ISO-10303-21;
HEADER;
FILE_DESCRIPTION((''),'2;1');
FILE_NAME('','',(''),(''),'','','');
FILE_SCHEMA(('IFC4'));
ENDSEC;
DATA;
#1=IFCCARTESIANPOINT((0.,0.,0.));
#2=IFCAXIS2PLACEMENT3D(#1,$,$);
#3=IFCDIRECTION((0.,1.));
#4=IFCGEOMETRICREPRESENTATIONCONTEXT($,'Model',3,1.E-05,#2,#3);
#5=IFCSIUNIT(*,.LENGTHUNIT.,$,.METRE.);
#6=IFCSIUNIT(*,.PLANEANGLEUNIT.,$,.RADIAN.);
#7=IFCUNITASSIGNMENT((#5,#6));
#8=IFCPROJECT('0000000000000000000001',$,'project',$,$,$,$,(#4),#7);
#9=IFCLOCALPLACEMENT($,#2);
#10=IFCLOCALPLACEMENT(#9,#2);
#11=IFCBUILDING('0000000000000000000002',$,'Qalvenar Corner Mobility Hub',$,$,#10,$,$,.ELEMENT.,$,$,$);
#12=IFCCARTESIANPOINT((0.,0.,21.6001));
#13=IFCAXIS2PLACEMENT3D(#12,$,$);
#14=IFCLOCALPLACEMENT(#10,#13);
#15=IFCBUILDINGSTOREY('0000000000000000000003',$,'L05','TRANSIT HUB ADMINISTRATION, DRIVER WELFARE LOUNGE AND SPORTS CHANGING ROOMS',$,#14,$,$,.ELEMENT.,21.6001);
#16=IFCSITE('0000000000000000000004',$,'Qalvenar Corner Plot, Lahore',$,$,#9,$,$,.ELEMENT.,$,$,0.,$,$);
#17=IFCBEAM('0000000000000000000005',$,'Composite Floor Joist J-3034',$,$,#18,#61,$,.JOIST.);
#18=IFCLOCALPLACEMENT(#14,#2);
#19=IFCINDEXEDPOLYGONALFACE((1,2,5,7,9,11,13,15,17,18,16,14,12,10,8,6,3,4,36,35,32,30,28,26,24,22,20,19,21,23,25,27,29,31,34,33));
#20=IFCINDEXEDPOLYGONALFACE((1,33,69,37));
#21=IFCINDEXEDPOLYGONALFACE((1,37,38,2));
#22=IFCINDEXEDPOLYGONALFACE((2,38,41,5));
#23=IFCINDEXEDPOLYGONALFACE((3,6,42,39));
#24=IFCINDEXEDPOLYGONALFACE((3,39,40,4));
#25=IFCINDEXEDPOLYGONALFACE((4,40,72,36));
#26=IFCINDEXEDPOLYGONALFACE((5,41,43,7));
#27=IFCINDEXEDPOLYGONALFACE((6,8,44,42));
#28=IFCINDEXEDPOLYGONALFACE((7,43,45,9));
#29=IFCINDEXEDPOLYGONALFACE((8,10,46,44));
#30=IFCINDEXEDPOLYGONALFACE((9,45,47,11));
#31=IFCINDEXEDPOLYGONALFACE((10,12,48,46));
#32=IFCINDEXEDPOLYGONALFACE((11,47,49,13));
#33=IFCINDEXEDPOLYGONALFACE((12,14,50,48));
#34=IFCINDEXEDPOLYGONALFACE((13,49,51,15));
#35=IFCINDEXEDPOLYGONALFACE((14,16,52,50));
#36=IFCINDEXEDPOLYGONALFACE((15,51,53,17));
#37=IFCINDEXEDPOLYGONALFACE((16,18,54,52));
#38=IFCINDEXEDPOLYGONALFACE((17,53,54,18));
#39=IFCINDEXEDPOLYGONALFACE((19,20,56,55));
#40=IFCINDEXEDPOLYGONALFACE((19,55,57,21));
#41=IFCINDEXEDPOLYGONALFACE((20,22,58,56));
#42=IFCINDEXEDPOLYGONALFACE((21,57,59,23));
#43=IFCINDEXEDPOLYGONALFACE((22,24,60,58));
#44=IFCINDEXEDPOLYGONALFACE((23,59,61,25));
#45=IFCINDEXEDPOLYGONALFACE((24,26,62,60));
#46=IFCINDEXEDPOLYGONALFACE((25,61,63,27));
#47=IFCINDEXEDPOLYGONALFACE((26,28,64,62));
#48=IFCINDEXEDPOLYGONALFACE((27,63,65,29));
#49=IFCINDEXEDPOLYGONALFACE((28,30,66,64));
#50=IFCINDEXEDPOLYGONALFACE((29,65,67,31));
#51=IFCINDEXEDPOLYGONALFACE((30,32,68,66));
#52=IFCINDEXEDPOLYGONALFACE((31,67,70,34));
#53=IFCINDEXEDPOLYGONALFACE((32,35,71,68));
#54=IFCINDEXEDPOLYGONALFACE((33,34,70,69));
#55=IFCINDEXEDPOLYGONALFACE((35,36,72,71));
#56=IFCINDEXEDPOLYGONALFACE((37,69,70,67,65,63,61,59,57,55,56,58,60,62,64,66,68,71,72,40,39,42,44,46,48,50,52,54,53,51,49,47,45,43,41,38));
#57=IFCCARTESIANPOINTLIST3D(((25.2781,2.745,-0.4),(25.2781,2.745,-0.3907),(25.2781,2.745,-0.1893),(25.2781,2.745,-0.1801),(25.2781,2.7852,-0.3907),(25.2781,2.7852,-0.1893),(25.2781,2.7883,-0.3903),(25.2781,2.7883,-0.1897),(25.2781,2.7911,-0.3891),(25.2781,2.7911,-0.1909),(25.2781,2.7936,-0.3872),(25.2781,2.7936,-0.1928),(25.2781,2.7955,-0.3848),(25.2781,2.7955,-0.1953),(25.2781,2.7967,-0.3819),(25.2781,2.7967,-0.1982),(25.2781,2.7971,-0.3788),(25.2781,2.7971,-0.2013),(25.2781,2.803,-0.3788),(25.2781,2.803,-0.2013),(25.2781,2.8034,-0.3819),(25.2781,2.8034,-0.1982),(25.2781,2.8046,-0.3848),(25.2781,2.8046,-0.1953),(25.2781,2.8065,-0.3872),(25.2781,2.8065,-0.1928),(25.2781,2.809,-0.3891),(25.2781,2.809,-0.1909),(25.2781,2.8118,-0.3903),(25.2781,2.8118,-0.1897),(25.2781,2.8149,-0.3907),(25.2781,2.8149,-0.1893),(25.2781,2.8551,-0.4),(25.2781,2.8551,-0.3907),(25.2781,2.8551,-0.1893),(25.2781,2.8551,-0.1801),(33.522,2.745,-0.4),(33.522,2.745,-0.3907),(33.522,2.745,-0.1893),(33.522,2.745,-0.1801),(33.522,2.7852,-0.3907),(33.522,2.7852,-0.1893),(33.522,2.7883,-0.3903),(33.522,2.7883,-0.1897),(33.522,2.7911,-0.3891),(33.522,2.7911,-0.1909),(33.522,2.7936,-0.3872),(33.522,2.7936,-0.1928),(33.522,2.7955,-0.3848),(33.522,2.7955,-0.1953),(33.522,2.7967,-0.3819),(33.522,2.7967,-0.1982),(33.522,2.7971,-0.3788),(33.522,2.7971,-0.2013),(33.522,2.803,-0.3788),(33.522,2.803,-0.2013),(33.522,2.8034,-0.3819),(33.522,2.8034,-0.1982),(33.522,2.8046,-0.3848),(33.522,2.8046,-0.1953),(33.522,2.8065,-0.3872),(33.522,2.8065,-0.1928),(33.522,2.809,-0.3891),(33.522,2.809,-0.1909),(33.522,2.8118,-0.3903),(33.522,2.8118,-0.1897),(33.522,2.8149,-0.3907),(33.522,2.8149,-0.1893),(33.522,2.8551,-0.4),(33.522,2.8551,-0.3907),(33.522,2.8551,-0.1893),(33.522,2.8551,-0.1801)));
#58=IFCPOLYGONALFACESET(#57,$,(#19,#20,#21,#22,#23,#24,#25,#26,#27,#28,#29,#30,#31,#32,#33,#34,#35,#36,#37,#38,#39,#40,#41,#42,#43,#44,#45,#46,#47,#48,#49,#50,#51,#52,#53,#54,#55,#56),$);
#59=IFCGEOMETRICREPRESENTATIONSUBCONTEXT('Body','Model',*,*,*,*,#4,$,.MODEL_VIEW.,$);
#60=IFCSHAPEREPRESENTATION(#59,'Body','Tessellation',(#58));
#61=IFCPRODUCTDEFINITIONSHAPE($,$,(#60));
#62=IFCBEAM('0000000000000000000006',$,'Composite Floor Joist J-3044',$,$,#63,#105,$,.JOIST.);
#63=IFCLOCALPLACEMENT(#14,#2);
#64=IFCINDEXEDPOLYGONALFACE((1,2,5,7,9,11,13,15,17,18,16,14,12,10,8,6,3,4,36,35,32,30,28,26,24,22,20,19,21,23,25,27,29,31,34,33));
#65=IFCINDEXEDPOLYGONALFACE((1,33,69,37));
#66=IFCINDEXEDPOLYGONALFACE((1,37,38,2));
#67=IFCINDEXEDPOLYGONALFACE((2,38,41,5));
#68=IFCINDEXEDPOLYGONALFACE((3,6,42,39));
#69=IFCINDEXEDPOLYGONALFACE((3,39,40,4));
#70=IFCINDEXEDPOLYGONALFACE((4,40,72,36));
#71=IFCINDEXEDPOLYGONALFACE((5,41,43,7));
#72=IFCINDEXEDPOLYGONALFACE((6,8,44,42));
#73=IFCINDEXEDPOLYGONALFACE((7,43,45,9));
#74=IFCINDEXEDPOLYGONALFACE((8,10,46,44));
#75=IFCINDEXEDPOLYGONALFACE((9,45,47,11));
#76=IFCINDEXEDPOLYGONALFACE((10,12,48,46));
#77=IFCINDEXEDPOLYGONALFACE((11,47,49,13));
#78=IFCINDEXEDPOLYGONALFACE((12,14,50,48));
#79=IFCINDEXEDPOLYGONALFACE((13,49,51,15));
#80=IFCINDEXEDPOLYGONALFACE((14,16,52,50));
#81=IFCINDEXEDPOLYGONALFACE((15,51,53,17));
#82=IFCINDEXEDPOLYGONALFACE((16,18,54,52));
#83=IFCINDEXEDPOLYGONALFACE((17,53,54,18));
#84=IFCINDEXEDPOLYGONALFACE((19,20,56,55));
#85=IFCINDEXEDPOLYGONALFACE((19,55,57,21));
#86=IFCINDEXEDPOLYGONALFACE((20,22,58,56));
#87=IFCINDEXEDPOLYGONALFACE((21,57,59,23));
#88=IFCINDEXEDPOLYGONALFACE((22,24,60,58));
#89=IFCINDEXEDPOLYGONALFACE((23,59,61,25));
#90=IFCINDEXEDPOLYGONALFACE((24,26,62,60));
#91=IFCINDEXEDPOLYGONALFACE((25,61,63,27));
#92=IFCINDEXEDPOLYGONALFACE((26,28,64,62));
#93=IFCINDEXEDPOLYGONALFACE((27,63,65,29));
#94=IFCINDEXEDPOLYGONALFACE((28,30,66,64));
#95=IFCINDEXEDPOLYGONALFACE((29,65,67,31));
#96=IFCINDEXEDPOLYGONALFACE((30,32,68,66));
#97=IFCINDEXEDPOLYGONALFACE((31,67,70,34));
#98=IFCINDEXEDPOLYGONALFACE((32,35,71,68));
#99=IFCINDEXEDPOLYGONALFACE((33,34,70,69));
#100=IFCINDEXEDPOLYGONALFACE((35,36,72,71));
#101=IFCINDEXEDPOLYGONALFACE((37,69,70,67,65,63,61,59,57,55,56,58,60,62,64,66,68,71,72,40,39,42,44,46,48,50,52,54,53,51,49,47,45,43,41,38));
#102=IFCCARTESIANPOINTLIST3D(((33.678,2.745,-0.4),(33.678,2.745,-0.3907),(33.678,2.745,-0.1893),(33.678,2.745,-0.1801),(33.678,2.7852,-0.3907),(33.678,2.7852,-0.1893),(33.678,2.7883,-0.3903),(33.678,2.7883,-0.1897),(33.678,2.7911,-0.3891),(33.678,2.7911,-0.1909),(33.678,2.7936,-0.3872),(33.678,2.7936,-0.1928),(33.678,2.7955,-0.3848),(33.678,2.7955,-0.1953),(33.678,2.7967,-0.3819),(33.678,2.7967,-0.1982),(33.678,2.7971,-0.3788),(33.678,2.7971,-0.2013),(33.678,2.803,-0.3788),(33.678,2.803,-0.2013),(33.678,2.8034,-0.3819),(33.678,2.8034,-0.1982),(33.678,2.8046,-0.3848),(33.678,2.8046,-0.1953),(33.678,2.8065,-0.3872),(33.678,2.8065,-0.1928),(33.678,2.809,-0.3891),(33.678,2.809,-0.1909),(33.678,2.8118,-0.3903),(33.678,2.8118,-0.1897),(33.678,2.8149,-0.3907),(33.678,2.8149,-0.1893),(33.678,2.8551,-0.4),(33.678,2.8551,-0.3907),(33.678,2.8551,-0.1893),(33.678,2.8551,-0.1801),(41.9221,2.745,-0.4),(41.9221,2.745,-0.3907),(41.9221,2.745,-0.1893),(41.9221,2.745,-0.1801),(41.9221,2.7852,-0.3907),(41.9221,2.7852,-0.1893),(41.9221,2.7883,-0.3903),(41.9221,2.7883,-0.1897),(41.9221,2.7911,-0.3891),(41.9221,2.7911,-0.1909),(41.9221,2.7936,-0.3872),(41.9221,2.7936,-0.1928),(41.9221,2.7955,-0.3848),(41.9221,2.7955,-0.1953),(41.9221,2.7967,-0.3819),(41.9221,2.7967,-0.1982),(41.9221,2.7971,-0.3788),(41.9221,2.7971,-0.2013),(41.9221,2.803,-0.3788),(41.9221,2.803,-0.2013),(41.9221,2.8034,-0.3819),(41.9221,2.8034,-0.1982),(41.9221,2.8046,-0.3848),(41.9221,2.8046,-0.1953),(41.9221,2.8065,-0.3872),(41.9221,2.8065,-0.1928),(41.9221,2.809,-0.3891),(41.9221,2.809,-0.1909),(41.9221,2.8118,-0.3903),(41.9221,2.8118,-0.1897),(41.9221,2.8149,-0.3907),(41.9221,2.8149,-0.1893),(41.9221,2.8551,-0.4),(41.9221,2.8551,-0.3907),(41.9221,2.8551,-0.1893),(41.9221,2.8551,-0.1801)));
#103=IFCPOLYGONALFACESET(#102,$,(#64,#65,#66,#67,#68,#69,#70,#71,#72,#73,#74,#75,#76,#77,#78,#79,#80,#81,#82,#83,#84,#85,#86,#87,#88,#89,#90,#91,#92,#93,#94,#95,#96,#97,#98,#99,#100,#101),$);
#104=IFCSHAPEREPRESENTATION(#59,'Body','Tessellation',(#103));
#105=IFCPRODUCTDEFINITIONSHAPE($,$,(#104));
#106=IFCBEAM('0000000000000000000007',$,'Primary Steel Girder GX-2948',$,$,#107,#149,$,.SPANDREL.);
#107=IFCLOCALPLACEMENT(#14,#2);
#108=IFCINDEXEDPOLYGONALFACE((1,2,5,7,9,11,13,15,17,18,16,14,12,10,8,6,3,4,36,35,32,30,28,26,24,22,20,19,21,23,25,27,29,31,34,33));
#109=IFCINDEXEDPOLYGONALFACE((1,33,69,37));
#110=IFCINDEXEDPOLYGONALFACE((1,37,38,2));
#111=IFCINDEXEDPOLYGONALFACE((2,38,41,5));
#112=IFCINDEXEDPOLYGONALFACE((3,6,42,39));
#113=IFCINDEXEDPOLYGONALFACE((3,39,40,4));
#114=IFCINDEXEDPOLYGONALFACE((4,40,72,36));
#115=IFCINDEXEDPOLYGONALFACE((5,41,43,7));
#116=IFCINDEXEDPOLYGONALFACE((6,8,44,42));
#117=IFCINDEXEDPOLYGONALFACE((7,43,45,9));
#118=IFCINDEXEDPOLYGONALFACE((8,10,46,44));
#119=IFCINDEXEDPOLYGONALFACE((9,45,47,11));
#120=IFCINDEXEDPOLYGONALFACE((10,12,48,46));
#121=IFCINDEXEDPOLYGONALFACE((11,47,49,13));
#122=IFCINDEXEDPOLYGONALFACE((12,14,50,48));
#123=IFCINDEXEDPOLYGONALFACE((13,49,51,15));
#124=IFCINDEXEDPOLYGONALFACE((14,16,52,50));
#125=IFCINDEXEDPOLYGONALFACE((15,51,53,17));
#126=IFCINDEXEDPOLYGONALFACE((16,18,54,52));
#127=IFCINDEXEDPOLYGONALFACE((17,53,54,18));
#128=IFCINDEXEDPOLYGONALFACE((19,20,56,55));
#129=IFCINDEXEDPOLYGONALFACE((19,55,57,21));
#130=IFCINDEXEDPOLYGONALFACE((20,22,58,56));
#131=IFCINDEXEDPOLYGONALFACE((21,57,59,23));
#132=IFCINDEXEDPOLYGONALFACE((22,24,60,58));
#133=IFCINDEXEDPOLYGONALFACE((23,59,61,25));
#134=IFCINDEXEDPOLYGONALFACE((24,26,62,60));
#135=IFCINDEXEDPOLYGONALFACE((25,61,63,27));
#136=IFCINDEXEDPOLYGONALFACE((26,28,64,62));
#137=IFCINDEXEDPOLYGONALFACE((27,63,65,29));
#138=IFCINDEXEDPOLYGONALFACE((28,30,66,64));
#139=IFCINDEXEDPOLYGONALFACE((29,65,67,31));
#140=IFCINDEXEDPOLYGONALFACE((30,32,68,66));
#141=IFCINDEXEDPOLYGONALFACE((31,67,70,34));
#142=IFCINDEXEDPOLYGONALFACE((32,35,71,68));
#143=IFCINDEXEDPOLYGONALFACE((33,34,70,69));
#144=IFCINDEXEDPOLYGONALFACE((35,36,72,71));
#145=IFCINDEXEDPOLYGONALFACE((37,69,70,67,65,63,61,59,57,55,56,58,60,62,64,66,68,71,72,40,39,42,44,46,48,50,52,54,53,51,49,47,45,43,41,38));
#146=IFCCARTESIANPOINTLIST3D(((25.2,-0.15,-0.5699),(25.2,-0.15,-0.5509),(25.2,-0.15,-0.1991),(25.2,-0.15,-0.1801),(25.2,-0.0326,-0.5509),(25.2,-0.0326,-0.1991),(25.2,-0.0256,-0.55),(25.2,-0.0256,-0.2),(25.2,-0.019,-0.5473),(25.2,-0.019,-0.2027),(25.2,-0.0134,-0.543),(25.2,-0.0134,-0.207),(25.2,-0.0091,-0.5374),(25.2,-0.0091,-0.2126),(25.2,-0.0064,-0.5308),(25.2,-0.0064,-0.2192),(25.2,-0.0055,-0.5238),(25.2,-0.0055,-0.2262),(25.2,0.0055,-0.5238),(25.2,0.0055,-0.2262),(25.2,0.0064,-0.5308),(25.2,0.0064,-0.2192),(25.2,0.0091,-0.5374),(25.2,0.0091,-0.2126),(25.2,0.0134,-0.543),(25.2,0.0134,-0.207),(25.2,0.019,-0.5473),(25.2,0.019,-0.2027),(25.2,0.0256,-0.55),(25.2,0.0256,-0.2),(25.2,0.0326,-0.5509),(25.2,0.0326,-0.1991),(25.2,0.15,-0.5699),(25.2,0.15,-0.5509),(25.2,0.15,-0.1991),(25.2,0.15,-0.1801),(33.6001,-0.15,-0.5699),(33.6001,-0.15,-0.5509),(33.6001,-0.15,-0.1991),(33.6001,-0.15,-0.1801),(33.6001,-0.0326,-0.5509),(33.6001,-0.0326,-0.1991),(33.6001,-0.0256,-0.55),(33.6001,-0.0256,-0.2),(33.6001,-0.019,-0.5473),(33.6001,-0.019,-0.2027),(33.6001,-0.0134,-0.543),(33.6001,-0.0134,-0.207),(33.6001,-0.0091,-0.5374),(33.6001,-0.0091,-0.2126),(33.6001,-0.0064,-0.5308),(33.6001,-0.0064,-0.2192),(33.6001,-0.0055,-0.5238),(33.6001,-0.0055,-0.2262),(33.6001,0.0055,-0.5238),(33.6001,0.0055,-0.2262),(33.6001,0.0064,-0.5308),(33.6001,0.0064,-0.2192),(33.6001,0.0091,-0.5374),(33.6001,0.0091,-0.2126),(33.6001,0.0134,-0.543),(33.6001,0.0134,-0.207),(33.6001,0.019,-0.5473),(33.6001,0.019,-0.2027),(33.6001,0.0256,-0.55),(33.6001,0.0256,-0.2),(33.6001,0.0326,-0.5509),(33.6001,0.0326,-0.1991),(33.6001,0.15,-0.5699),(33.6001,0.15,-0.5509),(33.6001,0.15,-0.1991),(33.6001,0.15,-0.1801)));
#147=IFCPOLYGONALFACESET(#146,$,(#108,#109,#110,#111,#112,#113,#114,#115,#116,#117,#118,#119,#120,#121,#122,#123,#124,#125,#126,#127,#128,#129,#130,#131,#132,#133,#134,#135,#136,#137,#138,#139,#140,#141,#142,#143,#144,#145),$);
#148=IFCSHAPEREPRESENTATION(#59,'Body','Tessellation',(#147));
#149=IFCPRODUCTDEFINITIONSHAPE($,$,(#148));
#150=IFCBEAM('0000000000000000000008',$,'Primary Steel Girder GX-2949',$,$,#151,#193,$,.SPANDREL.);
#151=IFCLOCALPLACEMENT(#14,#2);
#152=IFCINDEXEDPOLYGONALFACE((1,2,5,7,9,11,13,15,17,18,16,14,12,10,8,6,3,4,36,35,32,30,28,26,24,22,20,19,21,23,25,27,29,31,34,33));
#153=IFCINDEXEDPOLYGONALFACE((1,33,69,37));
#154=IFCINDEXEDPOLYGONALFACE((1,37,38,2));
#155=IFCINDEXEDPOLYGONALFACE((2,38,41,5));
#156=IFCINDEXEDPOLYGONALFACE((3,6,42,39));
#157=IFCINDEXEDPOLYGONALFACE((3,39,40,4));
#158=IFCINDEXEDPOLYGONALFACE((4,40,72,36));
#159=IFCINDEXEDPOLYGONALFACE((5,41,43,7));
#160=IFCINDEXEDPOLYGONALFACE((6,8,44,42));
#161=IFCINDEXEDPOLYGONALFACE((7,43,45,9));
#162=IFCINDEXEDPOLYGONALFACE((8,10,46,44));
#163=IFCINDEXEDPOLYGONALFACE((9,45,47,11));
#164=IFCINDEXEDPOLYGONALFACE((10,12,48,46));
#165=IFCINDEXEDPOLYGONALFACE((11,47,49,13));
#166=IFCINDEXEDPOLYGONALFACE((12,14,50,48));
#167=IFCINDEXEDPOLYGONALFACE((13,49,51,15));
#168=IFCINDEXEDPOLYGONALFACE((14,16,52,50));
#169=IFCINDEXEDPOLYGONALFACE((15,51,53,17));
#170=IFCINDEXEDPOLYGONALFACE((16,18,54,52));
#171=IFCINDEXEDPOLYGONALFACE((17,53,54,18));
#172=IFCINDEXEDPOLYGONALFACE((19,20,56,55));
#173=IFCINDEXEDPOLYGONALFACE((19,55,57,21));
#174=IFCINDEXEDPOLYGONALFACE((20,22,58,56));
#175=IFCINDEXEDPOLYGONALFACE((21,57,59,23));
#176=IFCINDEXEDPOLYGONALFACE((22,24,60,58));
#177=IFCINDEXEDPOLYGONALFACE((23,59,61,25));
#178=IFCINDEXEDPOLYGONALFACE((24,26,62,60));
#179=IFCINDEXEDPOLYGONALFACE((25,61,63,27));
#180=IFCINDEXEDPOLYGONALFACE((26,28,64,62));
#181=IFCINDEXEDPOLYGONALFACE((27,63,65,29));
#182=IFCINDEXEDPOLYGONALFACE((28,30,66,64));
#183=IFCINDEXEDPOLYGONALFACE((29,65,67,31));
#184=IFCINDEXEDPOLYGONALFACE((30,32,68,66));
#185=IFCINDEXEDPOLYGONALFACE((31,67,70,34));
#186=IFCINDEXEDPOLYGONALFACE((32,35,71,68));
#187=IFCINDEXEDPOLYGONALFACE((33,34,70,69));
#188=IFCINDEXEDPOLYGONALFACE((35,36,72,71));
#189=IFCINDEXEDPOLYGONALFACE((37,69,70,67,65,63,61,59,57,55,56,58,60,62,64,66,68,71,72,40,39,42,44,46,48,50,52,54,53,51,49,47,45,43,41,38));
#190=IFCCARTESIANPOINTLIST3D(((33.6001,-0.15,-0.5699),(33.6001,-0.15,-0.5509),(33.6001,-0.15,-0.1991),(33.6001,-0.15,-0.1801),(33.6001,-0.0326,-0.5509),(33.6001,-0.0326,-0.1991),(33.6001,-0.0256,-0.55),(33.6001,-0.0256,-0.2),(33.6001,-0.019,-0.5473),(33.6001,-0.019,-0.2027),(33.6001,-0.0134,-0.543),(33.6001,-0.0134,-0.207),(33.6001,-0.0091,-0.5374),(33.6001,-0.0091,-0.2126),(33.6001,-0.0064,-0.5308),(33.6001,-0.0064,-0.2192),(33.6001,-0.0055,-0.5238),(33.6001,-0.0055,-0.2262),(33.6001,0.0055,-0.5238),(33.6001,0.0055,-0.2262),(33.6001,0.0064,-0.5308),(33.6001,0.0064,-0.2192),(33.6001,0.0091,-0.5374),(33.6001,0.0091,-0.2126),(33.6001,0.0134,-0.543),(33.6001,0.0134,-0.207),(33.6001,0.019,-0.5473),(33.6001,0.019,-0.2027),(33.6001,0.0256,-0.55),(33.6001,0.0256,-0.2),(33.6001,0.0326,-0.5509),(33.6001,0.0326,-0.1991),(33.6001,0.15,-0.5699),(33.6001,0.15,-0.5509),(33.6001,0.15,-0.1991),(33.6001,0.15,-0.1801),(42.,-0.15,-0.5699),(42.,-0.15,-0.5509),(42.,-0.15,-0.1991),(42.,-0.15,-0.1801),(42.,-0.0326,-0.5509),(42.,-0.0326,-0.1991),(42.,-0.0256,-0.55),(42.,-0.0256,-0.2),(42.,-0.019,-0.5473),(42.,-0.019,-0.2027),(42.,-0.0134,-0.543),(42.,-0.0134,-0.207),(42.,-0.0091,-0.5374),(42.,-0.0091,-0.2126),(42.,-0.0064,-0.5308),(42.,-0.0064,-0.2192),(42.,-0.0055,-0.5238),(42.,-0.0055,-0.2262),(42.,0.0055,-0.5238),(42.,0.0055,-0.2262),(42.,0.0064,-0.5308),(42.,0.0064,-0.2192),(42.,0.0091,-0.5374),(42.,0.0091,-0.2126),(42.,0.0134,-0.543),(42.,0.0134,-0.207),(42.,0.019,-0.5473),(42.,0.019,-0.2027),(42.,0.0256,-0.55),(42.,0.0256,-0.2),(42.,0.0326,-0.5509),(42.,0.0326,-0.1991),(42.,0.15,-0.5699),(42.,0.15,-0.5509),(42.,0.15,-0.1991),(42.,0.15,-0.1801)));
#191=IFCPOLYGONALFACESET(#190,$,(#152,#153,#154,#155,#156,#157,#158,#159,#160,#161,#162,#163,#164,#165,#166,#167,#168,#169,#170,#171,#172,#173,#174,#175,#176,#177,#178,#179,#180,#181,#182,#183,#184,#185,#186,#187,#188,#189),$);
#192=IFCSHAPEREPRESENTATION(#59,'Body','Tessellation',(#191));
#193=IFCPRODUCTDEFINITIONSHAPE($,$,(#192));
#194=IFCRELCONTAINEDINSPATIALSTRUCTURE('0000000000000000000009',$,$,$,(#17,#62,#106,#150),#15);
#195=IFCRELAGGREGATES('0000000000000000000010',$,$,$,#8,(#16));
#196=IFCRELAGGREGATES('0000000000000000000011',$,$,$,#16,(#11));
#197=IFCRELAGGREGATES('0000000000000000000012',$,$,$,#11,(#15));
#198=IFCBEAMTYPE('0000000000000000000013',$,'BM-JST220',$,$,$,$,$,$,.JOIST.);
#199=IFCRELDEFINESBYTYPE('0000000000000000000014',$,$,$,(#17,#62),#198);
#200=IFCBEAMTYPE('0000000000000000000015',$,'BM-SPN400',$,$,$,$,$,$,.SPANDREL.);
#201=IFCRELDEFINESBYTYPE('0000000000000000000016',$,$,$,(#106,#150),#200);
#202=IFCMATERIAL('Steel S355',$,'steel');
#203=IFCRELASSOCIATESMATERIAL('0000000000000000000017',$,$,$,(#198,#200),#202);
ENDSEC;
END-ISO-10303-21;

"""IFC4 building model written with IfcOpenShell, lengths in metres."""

from ifc_helpers import new_model, si_unit, direction, frame, origin, origin_2d, place, context, subcontext, project, spatial, i_section, extrude, material, material_profile, profile_set, type_object, element, save


model = new_model("IFC4")

# Units and contexts
model_context = context("Model", 3, precision=1e-05, world=origin(), true_north=direction((0.0, 1.0)))
body_context = subcontext(model_context, "Body", "Model", "MODEL_VIEW")
ifc_project = project(units=[si_unit("LENGTHUNIT", "METRE"), si_unit("PLANEANGLEUNIT", "RADIAN")], contexts=[model_context])

# Site, building, storey
site_placement = place(None, origin())
site = spatial("IfcSite", under=ifc_project, at=site_placement, Name="Qalvenar Corner Plot, Lahore", CompositionType="ELEMENT", RefElevation=0.0)
building_placement = place(site_placement, origin())
building = spatial("IfcBuilding", under=site, at=building_placement, Name="Qalvenar Corner Mobility Hub", CompositionType="ELEMENT")
storey_placement = place(building_placement, frame((0.0, 0.0, 21.6001)))
storey = spatial("IfcBuildingStorey", under=building, at=storey_placement, Name="L05", Description="TRANSIT HUB ADMINISTRATION, DRIVER WELFARE LOUNGE AND SPORTS CHANGING ROOMS", CompositionType="ELEMENT", Elevation=21.6001)

# Shared definitions
ifc_material_1 = material(Name="Steel S355", Category="steel")

# Beams
ifc_material_profile_1 = material_profile(ifc_material_1, i_section(OverallWidth=0.1101, OverallDepth=0.22, WebThickness=0.0059, FlangeThickness=0.0093, FilletRadius=0.012, at=origin_2d()), Name="IPE220")
ifc_profile_set_1 = profile_set([ifc_material_profile_1], Name="Steel S355")
beam_type_1 = type_object("IfcBeamType", Name="BM-JST220", PredefinedType="JOIST", material=ifc_profile_set_1)
beam_1_placement = place(storey_placement, frame((25.2781, 2.8, -0.29), z_axis=(1.0, 0.0, 0.0), x_axis=(0.0, 1.0, 0.0)))
element("IfcBeam", 1, at=beam_1_placement, inside=storey, type_object=beam_type_1, Name="Composite Floor Joist J-3034", PredefinedType="JOIST", context=body_context, shape_type="SweptSolid", body=[
    extrude(i_section(OverallWidth=0.1101, OverallDepth=0.22, WebThickness=0.0059, FlangeThickness=0.0093, FilletRadius=0.012, at=origin_2d()), origin(), (0.0, 0.0, 1.0), 8.2439),
])
beam_2_placement = place(storey_placement, frame((33.678, 2.8, -0.29), z_axis=(1.0, 0.0, 0.0), x_axis=(0.0, 1.0, 0.0)))
element("IfcBeam", 2, at=beam_2_placement, inside=storey, type_object=beam_type_1, Name="Composite Floor Joist J-3044", PredefinedType="JOIST", context=body_context, shape_type="SweptSolid", body=[
    extrude(i_section(OverallWidth=0.1101, OverallDepth=0.22, WebThickness=0.0059, FlangeThickness=0.0093, FilletRadius=0.012, at=origin_2d()), origin(), (0.0, 0.0, 1.0), 8.2441),
])
ifc_material_profile_2 = material_profile(ifc_material_1, i_section(OverallWidth=0.3, OverallDepth=0.3899, WebThickness=0.011, FlangeThickness=0.019, FilletRadius=0.0271, at=origin_2d()), Name="HEA400")
ifc_profile_set_2 = profile_set([ifc_material_profile_2], Name="Steel S355")
beam_type_2 = type_object("IfcBeamType", Name="BM-SPN400", PredefinedType="SPANDREL", material=ifc_profile_set_2)
beam_3_placement = place(storey_placement, frame((25.2, 0.0, -0.375), z_axis=(1.0, 0.0, 0.0), x_axis=(0.0, 1.0, 0.0)))
element("IfcBeam", 3, at=beam_3_placement, inside=storey, type_object=beam_type_2, Name="Primary Steel Girder GX-2948", PredefinedType="SPANDREL", context=body_context, shape_type="SweptSolid", body=[
    extrude(i_section(OverallWidth=0.3, OverallDepth=0.3899, WebThickness=0.011, FlangeThickness=0.019, FilletRadius=0.0271, at=origin_2d()), origin(), (0.0, 0.0, 1.0), 8.4001),
])
beam_4_placement = place(storey_placement, frame((33.6001, 0.0, -0.375), z_axis=(1.0, 0.0, 0.0), x_axis=(0.0, 1.0, 0.0)))
element("IfcBeam", 4, at=beam_4_placement, inside=storey, type_object=beam_type_2, Name="Primary Steel Girder GX-2949", PredefinedType="SPANDREL", context=body_context, shape_type="SweptSolid", body=[
    extrude(i_section(OverallWidth=0.3, OverallDepth=0.3899, WebThickness=0.011, FlangeThickness=0.019, FilletRadius=0.0271, at=origin_2d()), origin(), (0.0, 0.0, 1.0), 8.3999),
])

save(model, "model.ifc")
